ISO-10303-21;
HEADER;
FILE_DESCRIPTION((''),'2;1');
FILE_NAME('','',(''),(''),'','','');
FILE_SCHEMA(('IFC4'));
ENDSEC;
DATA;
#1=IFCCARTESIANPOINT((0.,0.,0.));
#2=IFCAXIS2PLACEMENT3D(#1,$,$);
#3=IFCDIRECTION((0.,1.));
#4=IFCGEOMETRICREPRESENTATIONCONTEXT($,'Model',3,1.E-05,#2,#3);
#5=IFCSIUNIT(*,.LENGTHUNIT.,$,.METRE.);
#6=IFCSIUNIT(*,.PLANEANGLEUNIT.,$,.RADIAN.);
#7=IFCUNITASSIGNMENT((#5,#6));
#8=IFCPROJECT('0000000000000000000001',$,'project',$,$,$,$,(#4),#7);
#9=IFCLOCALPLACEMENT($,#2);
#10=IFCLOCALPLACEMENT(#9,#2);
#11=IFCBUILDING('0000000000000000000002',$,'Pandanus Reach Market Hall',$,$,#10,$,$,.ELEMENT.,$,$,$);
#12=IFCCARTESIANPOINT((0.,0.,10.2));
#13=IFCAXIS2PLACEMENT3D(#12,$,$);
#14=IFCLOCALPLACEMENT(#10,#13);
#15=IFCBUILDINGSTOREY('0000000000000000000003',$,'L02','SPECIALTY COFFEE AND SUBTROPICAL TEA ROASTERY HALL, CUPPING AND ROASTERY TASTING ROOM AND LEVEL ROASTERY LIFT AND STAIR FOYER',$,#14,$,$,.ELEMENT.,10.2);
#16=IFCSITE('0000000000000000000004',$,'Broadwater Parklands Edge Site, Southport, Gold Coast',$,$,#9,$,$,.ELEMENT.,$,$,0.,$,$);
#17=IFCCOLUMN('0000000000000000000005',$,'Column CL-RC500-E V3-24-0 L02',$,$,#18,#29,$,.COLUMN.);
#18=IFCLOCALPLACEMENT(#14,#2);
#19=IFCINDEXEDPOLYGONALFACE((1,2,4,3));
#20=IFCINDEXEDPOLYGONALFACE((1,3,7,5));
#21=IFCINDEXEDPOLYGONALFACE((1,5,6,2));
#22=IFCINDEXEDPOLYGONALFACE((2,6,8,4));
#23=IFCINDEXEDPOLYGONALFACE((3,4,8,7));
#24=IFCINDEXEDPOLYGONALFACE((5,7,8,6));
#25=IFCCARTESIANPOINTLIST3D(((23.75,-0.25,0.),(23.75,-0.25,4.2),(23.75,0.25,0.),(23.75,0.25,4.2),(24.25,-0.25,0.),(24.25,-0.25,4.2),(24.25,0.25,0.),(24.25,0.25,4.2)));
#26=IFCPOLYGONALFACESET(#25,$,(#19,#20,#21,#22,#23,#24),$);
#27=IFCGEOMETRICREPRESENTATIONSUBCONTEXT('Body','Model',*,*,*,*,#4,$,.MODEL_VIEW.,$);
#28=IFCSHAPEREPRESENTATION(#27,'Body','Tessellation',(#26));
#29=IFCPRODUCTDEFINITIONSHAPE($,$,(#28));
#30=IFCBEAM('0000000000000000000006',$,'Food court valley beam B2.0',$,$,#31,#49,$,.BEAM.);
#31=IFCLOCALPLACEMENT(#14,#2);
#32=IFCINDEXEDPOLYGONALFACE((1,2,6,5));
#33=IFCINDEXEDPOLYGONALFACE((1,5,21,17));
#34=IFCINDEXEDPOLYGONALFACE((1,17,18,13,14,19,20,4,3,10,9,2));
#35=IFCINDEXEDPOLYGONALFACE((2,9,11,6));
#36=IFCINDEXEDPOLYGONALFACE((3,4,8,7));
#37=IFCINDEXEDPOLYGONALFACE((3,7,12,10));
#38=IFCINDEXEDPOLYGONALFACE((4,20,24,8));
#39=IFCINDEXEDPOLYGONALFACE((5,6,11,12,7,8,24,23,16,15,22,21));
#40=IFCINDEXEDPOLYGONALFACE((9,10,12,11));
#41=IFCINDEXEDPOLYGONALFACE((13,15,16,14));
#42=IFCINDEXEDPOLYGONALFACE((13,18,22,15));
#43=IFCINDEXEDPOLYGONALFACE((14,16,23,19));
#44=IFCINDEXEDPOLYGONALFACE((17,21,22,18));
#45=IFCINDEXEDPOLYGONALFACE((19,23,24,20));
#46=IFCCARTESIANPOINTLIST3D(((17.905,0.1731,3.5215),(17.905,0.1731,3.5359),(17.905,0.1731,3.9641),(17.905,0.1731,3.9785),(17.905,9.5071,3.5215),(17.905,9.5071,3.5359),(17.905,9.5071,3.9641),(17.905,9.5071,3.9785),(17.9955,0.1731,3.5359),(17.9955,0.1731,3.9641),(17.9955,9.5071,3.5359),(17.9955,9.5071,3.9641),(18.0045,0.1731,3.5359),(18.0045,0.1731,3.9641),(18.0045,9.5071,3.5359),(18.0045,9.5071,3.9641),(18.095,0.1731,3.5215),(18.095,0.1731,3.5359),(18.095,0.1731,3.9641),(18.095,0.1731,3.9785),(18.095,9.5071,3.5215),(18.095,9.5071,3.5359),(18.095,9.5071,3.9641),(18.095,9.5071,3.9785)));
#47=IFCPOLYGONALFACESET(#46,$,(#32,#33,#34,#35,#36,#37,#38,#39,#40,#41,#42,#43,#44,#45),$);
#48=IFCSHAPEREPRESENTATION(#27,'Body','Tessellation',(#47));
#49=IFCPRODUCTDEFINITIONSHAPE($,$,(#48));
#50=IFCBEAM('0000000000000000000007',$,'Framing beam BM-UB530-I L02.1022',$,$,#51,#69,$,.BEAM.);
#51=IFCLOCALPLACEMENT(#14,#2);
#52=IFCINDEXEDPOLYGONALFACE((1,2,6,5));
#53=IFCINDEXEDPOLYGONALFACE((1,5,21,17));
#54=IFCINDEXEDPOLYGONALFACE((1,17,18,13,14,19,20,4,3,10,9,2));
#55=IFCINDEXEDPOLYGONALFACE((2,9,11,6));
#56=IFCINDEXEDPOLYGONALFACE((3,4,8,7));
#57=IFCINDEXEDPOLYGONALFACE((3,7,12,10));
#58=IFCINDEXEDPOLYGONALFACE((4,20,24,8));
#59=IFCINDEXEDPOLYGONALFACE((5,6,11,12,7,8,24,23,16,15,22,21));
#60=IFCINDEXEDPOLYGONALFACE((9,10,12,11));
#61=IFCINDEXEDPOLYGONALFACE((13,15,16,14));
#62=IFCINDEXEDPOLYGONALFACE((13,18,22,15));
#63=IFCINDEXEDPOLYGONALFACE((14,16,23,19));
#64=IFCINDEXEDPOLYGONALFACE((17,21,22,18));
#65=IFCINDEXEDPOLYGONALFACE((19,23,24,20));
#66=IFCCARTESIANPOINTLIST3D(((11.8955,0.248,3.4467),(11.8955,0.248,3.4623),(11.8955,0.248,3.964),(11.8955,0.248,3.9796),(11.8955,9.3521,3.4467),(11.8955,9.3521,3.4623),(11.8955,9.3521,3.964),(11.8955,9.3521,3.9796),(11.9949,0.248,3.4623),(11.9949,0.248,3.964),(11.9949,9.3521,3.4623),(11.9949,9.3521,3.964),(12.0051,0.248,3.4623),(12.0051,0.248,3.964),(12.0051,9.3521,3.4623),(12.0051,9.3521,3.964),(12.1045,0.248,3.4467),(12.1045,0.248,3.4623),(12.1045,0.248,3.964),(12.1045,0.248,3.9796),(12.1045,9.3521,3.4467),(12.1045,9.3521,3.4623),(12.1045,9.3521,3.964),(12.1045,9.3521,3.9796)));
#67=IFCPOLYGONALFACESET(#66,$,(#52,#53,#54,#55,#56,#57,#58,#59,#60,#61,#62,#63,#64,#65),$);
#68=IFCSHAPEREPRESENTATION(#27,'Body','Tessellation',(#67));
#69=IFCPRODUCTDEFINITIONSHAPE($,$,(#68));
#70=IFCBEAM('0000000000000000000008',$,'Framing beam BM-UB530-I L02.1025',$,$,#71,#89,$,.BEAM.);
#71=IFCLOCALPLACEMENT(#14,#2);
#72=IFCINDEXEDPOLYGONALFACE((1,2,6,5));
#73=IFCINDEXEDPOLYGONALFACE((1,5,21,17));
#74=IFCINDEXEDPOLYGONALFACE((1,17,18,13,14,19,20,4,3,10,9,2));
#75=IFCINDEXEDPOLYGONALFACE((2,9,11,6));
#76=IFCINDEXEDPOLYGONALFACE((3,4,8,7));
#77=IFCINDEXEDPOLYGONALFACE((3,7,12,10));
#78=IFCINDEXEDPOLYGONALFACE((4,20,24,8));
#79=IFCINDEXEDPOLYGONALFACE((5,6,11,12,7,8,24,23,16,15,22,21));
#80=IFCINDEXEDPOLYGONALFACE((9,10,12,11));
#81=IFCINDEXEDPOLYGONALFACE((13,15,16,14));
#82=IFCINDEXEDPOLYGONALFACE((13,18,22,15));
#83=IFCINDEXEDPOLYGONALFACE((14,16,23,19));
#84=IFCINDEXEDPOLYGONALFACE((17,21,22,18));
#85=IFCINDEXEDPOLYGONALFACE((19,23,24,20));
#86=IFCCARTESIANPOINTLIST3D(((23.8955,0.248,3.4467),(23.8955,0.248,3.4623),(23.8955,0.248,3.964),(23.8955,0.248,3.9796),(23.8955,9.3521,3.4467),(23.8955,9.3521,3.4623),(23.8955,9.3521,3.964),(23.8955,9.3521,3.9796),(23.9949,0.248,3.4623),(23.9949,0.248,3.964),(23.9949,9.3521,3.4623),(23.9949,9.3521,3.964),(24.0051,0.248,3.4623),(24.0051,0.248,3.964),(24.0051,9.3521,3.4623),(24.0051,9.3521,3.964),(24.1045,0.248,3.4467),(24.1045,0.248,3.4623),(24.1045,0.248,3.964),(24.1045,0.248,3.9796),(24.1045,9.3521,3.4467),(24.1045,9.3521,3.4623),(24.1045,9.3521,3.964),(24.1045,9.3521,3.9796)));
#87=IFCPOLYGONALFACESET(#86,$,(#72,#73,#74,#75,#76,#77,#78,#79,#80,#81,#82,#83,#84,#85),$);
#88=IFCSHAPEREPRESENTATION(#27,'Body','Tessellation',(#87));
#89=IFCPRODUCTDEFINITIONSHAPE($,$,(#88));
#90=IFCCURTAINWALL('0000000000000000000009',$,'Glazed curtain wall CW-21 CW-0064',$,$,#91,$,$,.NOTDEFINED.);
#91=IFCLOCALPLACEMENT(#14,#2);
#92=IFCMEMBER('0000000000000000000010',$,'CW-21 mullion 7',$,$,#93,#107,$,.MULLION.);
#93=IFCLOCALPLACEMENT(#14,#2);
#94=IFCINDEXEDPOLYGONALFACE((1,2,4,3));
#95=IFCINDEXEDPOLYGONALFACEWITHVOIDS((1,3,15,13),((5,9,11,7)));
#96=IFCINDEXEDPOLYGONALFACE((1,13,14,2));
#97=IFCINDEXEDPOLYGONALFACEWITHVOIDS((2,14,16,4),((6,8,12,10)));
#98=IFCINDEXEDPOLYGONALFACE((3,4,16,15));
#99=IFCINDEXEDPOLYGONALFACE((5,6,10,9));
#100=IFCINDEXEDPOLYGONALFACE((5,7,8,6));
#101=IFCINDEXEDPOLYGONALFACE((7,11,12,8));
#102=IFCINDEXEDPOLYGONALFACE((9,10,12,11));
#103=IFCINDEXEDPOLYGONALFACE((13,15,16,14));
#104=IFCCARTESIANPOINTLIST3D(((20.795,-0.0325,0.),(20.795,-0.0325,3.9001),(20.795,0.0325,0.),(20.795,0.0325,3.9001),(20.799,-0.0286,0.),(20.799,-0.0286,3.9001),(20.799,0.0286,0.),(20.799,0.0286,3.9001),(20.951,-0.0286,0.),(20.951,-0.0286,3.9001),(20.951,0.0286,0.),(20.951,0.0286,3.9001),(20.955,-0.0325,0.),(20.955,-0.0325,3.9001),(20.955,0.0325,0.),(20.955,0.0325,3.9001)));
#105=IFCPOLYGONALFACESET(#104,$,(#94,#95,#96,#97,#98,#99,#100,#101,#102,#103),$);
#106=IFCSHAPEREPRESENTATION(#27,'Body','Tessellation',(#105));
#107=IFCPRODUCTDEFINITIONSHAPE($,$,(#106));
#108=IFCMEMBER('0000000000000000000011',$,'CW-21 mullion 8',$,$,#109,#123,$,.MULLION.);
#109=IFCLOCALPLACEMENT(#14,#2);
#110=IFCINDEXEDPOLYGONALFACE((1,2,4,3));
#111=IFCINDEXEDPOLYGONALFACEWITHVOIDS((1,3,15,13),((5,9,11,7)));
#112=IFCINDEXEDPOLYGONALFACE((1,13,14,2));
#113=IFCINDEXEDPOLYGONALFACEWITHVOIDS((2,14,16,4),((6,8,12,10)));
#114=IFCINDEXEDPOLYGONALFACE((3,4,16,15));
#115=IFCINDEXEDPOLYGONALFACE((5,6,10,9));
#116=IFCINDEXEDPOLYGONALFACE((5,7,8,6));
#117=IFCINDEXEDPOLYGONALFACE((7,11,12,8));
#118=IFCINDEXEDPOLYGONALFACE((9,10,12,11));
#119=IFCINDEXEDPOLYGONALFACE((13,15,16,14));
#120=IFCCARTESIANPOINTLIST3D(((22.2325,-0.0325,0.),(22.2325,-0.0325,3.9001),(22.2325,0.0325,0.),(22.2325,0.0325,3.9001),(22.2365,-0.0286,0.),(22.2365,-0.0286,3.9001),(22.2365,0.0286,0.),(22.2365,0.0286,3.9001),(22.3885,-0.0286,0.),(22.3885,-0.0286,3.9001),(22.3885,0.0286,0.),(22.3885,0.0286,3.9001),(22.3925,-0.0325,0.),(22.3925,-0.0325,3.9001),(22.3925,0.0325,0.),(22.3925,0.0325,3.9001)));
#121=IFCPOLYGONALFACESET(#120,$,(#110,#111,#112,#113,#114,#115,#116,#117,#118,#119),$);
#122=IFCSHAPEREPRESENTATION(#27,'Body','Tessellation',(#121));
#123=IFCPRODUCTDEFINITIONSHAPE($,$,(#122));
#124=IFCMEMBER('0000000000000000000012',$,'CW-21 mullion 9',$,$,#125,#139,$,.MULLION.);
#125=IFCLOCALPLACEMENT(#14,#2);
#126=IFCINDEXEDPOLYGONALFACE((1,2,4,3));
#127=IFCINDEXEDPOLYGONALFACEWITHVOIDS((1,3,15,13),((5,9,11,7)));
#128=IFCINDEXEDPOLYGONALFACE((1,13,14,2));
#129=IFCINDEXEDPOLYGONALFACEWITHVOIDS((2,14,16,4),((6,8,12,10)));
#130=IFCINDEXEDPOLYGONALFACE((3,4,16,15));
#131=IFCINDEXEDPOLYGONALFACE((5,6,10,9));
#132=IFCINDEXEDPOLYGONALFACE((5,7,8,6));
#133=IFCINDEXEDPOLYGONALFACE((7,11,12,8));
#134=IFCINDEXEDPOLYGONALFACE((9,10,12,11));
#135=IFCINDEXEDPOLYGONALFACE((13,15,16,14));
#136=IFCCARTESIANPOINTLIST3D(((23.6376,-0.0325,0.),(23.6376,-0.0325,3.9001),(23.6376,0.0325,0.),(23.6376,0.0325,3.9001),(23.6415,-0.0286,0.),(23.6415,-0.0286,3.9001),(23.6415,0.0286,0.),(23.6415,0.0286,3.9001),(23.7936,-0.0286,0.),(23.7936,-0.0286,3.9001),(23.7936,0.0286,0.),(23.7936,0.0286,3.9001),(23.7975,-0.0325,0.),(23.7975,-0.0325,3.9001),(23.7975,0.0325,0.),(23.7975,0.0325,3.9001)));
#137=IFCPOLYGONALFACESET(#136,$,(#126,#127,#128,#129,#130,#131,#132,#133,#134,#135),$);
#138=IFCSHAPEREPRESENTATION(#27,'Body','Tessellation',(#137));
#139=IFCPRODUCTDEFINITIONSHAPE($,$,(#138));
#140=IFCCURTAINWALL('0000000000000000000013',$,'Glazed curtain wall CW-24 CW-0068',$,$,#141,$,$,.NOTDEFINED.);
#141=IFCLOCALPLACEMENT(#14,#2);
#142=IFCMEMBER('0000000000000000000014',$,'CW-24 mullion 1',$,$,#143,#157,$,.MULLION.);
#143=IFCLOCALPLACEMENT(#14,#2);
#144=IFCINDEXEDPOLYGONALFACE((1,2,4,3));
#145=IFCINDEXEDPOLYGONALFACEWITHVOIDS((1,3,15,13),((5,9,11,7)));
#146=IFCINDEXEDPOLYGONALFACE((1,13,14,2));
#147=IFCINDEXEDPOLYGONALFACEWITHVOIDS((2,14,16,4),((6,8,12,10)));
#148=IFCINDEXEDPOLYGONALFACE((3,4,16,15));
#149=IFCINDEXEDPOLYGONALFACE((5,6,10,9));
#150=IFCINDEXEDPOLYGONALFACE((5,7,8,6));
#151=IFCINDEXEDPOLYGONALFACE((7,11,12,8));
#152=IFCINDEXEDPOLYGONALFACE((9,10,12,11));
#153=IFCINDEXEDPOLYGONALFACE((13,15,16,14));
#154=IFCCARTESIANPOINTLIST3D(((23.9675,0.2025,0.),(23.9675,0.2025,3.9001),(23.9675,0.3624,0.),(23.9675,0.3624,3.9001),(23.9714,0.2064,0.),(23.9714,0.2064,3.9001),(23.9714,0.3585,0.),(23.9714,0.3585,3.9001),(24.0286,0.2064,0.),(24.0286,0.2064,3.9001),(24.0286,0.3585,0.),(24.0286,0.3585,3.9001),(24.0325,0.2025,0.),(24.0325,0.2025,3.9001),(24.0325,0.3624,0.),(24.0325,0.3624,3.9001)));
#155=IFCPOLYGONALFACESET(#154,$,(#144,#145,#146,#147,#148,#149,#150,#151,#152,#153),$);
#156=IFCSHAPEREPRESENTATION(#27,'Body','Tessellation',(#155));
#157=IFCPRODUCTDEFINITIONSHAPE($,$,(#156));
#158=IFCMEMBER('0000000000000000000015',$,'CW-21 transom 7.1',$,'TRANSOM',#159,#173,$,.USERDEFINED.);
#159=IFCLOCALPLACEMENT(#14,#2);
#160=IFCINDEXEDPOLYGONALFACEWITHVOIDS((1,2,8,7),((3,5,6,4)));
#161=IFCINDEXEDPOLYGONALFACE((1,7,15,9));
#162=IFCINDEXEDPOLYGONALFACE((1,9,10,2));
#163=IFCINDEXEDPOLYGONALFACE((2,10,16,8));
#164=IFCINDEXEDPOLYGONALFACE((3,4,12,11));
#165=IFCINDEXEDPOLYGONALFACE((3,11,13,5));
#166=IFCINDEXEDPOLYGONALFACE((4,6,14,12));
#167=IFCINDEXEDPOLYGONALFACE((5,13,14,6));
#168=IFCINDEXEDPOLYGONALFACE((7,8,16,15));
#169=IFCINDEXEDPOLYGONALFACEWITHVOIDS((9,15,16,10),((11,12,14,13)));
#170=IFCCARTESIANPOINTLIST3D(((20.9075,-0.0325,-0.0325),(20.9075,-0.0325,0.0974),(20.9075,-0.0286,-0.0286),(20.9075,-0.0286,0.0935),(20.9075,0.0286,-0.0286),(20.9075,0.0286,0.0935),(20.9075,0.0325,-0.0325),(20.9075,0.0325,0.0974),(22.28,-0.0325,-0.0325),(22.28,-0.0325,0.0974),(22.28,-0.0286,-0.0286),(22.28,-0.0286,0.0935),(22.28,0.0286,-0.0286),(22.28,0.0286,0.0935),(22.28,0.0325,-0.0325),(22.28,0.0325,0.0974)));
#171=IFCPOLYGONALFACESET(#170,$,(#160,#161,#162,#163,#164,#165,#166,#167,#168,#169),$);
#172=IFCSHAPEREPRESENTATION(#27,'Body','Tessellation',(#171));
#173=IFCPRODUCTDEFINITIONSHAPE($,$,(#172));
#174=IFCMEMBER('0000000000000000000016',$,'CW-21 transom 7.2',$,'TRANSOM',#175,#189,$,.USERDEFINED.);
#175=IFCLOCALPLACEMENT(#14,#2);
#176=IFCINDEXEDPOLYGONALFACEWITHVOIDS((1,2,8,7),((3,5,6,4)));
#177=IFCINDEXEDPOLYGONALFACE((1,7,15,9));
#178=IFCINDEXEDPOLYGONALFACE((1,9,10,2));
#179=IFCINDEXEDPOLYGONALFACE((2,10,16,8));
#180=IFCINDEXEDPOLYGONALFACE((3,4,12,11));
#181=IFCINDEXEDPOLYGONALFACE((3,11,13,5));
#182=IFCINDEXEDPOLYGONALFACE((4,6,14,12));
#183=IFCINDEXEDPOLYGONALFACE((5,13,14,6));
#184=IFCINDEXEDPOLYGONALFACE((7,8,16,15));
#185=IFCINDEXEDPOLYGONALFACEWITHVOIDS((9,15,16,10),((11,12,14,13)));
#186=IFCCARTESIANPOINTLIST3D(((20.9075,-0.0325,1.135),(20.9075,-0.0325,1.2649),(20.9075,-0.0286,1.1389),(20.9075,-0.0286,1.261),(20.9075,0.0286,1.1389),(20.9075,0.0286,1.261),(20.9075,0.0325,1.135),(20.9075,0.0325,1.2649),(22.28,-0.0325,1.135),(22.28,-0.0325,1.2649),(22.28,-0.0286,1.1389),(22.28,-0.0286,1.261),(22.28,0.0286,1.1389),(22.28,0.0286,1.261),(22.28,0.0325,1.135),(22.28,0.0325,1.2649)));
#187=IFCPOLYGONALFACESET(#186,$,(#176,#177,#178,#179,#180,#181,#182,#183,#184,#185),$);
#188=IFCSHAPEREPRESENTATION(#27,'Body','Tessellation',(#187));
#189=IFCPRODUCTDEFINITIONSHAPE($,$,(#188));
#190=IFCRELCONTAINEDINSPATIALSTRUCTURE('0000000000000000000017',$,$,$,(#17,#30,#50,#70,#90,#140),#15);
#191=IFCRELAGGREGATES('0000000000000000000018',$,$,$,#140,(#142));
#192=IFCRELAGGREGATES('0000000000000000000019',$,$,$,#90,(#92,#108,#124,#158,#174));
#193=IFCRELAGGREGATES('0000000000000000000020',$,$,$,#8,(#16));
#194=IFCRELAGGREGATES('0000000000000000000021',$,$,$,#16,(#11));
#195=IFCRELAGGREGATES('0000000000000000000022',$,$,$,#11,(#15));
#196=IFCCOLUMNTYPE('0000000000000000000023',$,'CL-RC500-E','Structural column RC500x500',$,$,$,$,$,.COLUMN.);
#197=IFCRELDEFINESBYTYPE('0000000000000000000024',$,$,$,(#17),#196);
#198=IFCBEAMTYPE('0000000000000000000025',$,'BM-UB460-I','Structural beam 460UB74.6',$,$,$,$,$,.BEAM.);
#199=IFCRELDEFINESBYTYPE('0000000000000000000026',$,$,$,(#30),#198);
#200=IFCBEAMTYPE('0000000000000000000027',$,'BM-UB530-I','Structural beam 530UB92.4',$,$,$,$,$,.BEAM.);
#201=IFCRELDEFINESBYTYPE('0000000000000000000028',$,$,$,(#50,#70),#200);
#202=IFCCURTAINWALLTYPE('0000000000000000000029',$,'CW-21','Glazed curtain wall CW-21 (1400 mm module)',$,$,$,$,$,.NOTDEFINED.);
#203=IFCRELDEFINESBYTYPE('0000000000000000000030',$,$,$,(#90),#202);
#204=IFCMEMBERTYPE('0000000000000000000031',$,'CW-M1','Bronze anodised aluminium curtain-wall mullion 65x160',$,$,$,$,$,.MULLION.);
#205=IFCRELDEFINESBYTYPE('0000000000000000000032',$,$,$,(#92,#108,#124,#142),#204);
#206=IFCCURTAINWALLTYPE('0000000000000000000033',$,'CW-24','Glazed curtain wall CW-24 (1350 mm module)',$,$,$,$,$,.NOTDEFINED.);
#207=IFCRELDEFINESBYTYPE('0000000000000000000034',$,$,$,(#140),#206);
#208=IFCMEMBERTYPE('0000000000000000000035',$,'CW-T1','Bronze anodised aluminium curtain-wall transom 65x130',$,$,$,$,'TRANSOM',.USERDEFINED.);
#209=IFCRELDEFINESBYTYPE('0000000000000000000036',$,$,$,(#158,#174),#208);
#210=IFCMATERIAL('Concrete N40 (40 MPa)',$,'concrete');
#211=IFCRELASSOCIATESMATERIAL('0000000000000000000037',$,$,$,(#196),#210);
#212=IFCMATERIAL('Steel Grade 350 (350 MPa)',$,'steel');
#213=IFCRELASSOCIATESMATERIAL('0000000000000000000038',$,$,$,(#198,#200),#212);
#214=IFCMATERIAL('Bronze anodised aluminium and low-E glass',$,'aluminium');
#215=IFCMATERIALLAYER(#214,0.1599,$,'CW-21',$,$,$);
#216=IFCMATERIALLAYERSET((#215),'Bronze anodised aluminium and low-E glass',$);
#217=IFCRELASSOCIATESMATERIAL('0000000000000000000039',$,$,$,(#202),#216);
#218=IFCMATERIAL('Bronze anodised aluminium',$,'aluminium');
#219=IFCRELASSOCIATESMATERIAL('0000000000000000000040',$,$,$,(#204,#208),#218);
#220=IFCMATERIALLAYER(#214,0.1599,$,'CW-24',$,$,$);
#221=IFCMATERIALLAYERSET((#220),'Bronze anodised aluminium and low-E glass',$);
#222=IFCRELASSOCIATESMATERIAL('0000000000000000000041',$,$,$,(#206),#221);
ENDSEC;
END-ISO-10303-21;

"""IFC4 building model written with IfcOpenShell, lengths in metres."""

from ifc_helpers import new_model, si_unit, direction, frame, origin, origin_2d, place, context, subcontext, project, spatial, rectangle, hollow_rectangle, i_section, extrude, material, layer, layer_set, material_profile, profile_set, type_object, element, aggregate, save


model = new_model("IFC4")

# Units and contexts
model_context = context("Model", 3, precision=1e-05, world=origin(), true_north=direction((0.0, 1.0)))
body_context = subcontext(model_context, "Body", "Model", "MODEL_VIEW")
ifc_project = project(units=[si_unit("LENGTHUNIT", "METRE"), si_unit("PLANEANGLEUNIT", "RADIAN")], contexts=[model_context])

# Site, building, storey
site_placement = place(None, origin())
site = spatial("IfcSite", under=ifc_project, at=site_placement, Name="Broadwater Parklands Edge Site, Southport, Gold Coast", CompositionType="ELEMENT", RefElevation=0.0)
building_placement = place(site_placement, origin())
building = spatial("IfcBuilding", under=site, at=building_placement, Name="Pandanus Reach Market Hall", CompositionType="ELEMENT")
storey_placement = place(building_placement, frame((0.0, 0.0, 10.2)))
storey = spatial("IfcBuildingStorey", under=building, at=storey_placement, Name="L02", Description="SPECIALTY COFFEE AND SUBTROPICAL TEA ROASTERY HALL, CUPPING AND ROASTERY TASTING ROOM AND LEVEL ROASTERY LIFT AND STAIR FOYER", CompositionType="ELEMENT", Elevation=10.2)

# Column
ifc_material_1 = material(Name="Concrete N40 (40 MPa)", Category="concrete")
ifc_material_profile_1 = material_profile(ifc_material_1, rectangle(XDim=0.5, YDim=0.5, at=origin_2d()), Name="RC500x500", Category="LoadBearing")
ifc_profile_set_1 = profile_set([ifc_material_profile_1], Name="Concrete N40 (40 MPa)")
column_type = type_object("IfcColumnType", Name="CL-RC500-E", Description="Structural column RC500x500", PredefinedType="COLUMN", material=ifc_profile_set_1)
column_placement = place(storey_placement, frame((24.0, 0.0, 0.0), z_axis=(0.0, 0.0, 1.0), x_axis=(1.0, 0.0, 0.0)))
element("IfcColumn", 1, at=column_placement, inside=storey, type_object=column_type, Name="Column CL-RC500-E V3-24-0 L02", PredefinedType="COLUMN", context=body_context, shape_type="SweptSolid", body=[
    extrude(rectangle(XDim=0.5, YDim=0.5, at=origin_2d()), origin(), (0.0, 0.0, 1.0), 4.2),
])

# Beams
ifc_material_2 = material(Name="Steel Grade 350 (350 MPa)", Category="steel")
ifc_material_profile_2 = material_profile(ifc_material_2, i_section(OverallWidth=0.1899, OverallDepth=0.457, WebThickness=0.009, FlangeThickness=0.0144, at=origin_2d()), Name="460UB74.6", Category="LoadBearing")
ifc_profile_set_2 = profile_set([ifc_material_profile_2], Name="Steel Grade 350 (350 MPa)")
beam_type_1 = type_object("IfcBeamType", Name="BM-UB460-I", Description="Structural beam 460UB74.6", PredefinedType="BEAM", material=ifc_profile_set_2)
beam_placement = place(storey_placement, frame((18.0, 0.1731, 3.75), z_axis=(0.0, 1.0, 0.0), x_axis=(-1.0, 0.0, 0.0)))
element("IfcBeam", 2, at=beam_placement, inside=storey, type_object=beam_type_1, Name="Food court valley beam B2.0", PredefinedType="BEAM", context=body_context, shape_type="SweptSolid", body=[
    extrude(i_section(OverallWidth=0.1899, OverallDepth=0.457, WebThickness=0.009, FlangeThickness=0.0144, at=origin_2d()), origin(), (0.0, 0.0, 1.0), 9.334),
])
ifc_material_profile_3 = material_profile(ifc_material_2, i_section(OverallWidth=0.209, OverallDepth=0.533, WebThickness=0.0103, FlangeThickness=0.0156, at=origin_2d()), Name="530UB92.4", Category="LoadBearing")
ifc_profile_set_3 = profile_set([ifc_material_profile_3], Name="Steel Grade 350 (350 MPa)")
beam_type_2 = type_object("IfcBeamType", Name="BM-UB530-I", Description="Structural beam 530UB92.4", PredefinedType="BEAM", material=ifc_profile_set_3)
for number, where, z_axis, x_axis, name in (
    (3, (12.0, 0.248, 3.7131), (0.0, 1.0, 0.0), (-1.0, 0.0, 0.0), "Framing beam BM-UB530-I L02.1022"),
    (4, (24.0, 0.248, 3.7131), (0.0, 1.0, 0.0), (-1.0, 0.0, 0.0), "Framing beam BM-UB530-I L02.1025"),
):
    element("IfcBeam", number, at=place(storey_placement, frame(where, z_axis=z_axis, x_axis=x_axis)), inside=storey, type_object=beam_type_2, Name=name, PredefinedType="BEAM", context=body_context, shape_type="SweptSolid", body=[
        extrude(i_section(OverallWidth=0.209, OverallDepth=0.533, WebThickness=0.0103, FlangeThickness=0.0156, at=origin_2d()), origin(), (0.0, 0.0, 1.0), 9.104),
    ])

# Curtain wall, members
ifc_material_3 = material(Name="Bronze anodised aluminium and low-E glass", Category="aluminium")
ifc_layer_1 = layer(ifc_material_3, 0.1599, Name="CW-21")
ifc_layer_set_1 = layer_set([ifc_layer_1], Name="Bronze anodised aluminium and low-E glass")
curtain_wall_type_1 = type_object("IfcCurtainWallType", Name="CW-21", Description="Glazed curtain wall CW-21 (1400 mm module)", PredefinedType="NOTDEFINED", material=ifc_layer_set_1)
curtain_wall_1_placement = place(storey_placement, origin())
curtain_wall_1 = element("IfcCurtainWall", 5, at=curtain_wall_1_placement, inside=storey, type_object=curtain_wall_type_1, Name="Glazed curtain wall CW-21 CW-0064", PredefinedType="NOTDEFINED")
ifc_material_4 = material(Name="Bronze anodised aluminium", Category="aluminium")
ifc_material_profile_4 = material_profile(ifc_material_4, hollow_rectangle(XDim=0.0649, YDim=0.1599, WallThickness=0.0039, at=origin_2d()), Name="ALU65x160", Category="LoadBearing")
ifc_profile_set_4 = profile_set([ifc_material_profile_4], Name="Bronze anodised aluminium")
member_type_1 = type_object("IfcMemberType", Name="CW-M1", Description="Bronze anodised aluminium curtain-wall mullion 65x160", PredefinedType="MULLION", material=ifc_profile_set_4)
member_1_placement = place(storey_placement, frame((20.875, 0.0, 0.0), z_axis=(0.0, 0.0, 1.0), x_axis=(0.0, 1.0, 0.0)))
member_1 = element("IfcMember", 6, at=member_1_placement, type_object=member_type_1, Name="CW-21 mullion 7", PredefinedType="MULLION", context=body_context, shape_type="SweptSolid", body=[
    extrude(hollow_rectangle(XDim=0.0649, YDim=0.1599, WallThickness=0.0039, at=origin_2d()), origin(), (0.0, 0.0, 1.0), 3.9001),
])
member_2_placement = place(storey_placement, frame((22.3125, 0.0, 0.0), z_axis=(0.0, 0.0, 1.0), x_axis=(0.0, 1.0, 0.0)))
member_2 = element("IfcMember", 7, at=member_2_placement, type_object=member_type_1, Name="CW-21 mullion 8", PredefinedType="MULLION", context=body_context, shape_type="SweptSolid", body=[
    extrude(hollow_rectangle(XDim=0.0649, YDim=0.1599, WallThickness=0.0039, at=origin_2d()), origin(), (0.0, 0.0, 1.0), 3.9001),
])
member_3_placement = place(storey_placement, frame((23.7175, 0.0, 0.0), z_axis=(0.0, 0.0, 1.0), x_axis=(0.0, 1.0, 0.0)))
member_3 = element("IfcMember", 8, at=member_3_placement, type_object=member_type_1, Name="CW-21 mullion 9", PredefinedType="MULLION", context=body_context, shape_type="SweptSolid", body=[
    extrude(hollow_rectangle(XDim=0.0649, YDim=0.1599, WallThickness=0.0039, at=origin_2d()), origin(), (0.0, 0.0, 1.0), 3.9001),
])

# Curtain wall, member
ifc_layer_2 = layer(ifc_material_3, 0.1599, Name="CW-24")
ifc_layer_set_2 = layer_set([ifc_layer_2], Name="Bronze anodised aluminium and low-E glass")
curtain_wall_type_2 = type_object("IfcCurtainWallType", Name="CW-24", Description="Glazed curtain wall CW-24 (1350 mm module)", PredefinedType="NOTDEFINED", material=ifc_layer_set_2)
curtain_wall_2_placement = place(storey_placement, origin())
curtain_wall_2 = element("IfcCurtainWall", 9, at=curtain_wall_2_placement, inside=storey, type_object=curtain_wall_type_2, Name="Glazed curtain wall CW-24 CW-0068", PredefinedType="NOTDEFINED")
member_4_placement = place(storey_placement, frame((24.0, 0.2825, 0.0), z_axis=(0.0, 0.0, 1.0), x_axis=(-1.0, 0.0, 0.0)))
member_4 = element("IfcMember", 10, at=member_4_placement, type_object=member_type_1, Name="CW-24 mullion 1", PredefinedType="MULLION", context=body_context, shape_type="SweptSolid", body=[
    extrude(hollow_rectangle(XDim=0.0649, YDim=0.1599, WallThickness=0.0039, at=origin_2d()), origin(), (0.0, 0.0, 1.0), 3.9001),
])
aggregate(curtain_wall_2, [member_4])

# Members
ifc_material_profile_5 = material_profile(ifc_material_4, hollow_rectangle(XDim=0.0649, YDim=0.1299, WallThickness=0.0039, at=origin_2d()), Name="ALU65x130", Category="LoadBearing")
ifc_profile_set_5 = profile_set([ifc_material_profile_5], Name="Bronze anodised aluminium")
member_type_2 = type_object("IfcMemberType", Name="CW-T1", Description="Bronze anodised aluminium curtain-wall transom 65x130", ElementType="TRANSOM", PredefinedType="USERDEFINED", material=ifc_profile_set_5)
member_5_placement = place(storey_placement, frame((20.9075, 0.0, 0.0325), z_axis=(1.0, 0.0, 0.0), x_axis=(0.0, 1.0, 0.0)))
member_5 = element("IfcMember", 11, at=member_5_placement, type_object=member_type_2, Name="CW-21 transom 7.1", ObjectType="TRANSOM", PredefinedType="USERDEFINED", context=body_context, shape_type="SweptSolid", body=[
    extrude(hollow_rectangle(XDim=0.0649, YDim=0.1299, WallThickness=0.0039, at=origin_2d()), origin(), (0.0, 0.0, 1.0), 1.3726),
])
member_6_placement = place(storey_placement, frame((20.9075, 0.0, 1.2), z_axis=(1.0, 0.0, 0.0), x_axis=(0.0, 1.0, 0.0)))
member_6 = element("IfcMember", 12, at=member_6_placement, type_object=member_type_2, Name="CW-21 transom 7.2", ObjectType="TRANSOM", PredefinedType="USERDEFINED", context=body_context, shape_type="SweptSolid", body=[
    extrude(hollow_rectangle(XDim=0.0649, YDim=0.1299, WallThickness=0.0039, at=origin_2d()), origin(), (0.0, 0.0, 1.0), 1.3726),
])

aggregate(curtain_wall_1, [member_1, member_2, member_3, member_5, member_6])

save(model, "model.ifc")
